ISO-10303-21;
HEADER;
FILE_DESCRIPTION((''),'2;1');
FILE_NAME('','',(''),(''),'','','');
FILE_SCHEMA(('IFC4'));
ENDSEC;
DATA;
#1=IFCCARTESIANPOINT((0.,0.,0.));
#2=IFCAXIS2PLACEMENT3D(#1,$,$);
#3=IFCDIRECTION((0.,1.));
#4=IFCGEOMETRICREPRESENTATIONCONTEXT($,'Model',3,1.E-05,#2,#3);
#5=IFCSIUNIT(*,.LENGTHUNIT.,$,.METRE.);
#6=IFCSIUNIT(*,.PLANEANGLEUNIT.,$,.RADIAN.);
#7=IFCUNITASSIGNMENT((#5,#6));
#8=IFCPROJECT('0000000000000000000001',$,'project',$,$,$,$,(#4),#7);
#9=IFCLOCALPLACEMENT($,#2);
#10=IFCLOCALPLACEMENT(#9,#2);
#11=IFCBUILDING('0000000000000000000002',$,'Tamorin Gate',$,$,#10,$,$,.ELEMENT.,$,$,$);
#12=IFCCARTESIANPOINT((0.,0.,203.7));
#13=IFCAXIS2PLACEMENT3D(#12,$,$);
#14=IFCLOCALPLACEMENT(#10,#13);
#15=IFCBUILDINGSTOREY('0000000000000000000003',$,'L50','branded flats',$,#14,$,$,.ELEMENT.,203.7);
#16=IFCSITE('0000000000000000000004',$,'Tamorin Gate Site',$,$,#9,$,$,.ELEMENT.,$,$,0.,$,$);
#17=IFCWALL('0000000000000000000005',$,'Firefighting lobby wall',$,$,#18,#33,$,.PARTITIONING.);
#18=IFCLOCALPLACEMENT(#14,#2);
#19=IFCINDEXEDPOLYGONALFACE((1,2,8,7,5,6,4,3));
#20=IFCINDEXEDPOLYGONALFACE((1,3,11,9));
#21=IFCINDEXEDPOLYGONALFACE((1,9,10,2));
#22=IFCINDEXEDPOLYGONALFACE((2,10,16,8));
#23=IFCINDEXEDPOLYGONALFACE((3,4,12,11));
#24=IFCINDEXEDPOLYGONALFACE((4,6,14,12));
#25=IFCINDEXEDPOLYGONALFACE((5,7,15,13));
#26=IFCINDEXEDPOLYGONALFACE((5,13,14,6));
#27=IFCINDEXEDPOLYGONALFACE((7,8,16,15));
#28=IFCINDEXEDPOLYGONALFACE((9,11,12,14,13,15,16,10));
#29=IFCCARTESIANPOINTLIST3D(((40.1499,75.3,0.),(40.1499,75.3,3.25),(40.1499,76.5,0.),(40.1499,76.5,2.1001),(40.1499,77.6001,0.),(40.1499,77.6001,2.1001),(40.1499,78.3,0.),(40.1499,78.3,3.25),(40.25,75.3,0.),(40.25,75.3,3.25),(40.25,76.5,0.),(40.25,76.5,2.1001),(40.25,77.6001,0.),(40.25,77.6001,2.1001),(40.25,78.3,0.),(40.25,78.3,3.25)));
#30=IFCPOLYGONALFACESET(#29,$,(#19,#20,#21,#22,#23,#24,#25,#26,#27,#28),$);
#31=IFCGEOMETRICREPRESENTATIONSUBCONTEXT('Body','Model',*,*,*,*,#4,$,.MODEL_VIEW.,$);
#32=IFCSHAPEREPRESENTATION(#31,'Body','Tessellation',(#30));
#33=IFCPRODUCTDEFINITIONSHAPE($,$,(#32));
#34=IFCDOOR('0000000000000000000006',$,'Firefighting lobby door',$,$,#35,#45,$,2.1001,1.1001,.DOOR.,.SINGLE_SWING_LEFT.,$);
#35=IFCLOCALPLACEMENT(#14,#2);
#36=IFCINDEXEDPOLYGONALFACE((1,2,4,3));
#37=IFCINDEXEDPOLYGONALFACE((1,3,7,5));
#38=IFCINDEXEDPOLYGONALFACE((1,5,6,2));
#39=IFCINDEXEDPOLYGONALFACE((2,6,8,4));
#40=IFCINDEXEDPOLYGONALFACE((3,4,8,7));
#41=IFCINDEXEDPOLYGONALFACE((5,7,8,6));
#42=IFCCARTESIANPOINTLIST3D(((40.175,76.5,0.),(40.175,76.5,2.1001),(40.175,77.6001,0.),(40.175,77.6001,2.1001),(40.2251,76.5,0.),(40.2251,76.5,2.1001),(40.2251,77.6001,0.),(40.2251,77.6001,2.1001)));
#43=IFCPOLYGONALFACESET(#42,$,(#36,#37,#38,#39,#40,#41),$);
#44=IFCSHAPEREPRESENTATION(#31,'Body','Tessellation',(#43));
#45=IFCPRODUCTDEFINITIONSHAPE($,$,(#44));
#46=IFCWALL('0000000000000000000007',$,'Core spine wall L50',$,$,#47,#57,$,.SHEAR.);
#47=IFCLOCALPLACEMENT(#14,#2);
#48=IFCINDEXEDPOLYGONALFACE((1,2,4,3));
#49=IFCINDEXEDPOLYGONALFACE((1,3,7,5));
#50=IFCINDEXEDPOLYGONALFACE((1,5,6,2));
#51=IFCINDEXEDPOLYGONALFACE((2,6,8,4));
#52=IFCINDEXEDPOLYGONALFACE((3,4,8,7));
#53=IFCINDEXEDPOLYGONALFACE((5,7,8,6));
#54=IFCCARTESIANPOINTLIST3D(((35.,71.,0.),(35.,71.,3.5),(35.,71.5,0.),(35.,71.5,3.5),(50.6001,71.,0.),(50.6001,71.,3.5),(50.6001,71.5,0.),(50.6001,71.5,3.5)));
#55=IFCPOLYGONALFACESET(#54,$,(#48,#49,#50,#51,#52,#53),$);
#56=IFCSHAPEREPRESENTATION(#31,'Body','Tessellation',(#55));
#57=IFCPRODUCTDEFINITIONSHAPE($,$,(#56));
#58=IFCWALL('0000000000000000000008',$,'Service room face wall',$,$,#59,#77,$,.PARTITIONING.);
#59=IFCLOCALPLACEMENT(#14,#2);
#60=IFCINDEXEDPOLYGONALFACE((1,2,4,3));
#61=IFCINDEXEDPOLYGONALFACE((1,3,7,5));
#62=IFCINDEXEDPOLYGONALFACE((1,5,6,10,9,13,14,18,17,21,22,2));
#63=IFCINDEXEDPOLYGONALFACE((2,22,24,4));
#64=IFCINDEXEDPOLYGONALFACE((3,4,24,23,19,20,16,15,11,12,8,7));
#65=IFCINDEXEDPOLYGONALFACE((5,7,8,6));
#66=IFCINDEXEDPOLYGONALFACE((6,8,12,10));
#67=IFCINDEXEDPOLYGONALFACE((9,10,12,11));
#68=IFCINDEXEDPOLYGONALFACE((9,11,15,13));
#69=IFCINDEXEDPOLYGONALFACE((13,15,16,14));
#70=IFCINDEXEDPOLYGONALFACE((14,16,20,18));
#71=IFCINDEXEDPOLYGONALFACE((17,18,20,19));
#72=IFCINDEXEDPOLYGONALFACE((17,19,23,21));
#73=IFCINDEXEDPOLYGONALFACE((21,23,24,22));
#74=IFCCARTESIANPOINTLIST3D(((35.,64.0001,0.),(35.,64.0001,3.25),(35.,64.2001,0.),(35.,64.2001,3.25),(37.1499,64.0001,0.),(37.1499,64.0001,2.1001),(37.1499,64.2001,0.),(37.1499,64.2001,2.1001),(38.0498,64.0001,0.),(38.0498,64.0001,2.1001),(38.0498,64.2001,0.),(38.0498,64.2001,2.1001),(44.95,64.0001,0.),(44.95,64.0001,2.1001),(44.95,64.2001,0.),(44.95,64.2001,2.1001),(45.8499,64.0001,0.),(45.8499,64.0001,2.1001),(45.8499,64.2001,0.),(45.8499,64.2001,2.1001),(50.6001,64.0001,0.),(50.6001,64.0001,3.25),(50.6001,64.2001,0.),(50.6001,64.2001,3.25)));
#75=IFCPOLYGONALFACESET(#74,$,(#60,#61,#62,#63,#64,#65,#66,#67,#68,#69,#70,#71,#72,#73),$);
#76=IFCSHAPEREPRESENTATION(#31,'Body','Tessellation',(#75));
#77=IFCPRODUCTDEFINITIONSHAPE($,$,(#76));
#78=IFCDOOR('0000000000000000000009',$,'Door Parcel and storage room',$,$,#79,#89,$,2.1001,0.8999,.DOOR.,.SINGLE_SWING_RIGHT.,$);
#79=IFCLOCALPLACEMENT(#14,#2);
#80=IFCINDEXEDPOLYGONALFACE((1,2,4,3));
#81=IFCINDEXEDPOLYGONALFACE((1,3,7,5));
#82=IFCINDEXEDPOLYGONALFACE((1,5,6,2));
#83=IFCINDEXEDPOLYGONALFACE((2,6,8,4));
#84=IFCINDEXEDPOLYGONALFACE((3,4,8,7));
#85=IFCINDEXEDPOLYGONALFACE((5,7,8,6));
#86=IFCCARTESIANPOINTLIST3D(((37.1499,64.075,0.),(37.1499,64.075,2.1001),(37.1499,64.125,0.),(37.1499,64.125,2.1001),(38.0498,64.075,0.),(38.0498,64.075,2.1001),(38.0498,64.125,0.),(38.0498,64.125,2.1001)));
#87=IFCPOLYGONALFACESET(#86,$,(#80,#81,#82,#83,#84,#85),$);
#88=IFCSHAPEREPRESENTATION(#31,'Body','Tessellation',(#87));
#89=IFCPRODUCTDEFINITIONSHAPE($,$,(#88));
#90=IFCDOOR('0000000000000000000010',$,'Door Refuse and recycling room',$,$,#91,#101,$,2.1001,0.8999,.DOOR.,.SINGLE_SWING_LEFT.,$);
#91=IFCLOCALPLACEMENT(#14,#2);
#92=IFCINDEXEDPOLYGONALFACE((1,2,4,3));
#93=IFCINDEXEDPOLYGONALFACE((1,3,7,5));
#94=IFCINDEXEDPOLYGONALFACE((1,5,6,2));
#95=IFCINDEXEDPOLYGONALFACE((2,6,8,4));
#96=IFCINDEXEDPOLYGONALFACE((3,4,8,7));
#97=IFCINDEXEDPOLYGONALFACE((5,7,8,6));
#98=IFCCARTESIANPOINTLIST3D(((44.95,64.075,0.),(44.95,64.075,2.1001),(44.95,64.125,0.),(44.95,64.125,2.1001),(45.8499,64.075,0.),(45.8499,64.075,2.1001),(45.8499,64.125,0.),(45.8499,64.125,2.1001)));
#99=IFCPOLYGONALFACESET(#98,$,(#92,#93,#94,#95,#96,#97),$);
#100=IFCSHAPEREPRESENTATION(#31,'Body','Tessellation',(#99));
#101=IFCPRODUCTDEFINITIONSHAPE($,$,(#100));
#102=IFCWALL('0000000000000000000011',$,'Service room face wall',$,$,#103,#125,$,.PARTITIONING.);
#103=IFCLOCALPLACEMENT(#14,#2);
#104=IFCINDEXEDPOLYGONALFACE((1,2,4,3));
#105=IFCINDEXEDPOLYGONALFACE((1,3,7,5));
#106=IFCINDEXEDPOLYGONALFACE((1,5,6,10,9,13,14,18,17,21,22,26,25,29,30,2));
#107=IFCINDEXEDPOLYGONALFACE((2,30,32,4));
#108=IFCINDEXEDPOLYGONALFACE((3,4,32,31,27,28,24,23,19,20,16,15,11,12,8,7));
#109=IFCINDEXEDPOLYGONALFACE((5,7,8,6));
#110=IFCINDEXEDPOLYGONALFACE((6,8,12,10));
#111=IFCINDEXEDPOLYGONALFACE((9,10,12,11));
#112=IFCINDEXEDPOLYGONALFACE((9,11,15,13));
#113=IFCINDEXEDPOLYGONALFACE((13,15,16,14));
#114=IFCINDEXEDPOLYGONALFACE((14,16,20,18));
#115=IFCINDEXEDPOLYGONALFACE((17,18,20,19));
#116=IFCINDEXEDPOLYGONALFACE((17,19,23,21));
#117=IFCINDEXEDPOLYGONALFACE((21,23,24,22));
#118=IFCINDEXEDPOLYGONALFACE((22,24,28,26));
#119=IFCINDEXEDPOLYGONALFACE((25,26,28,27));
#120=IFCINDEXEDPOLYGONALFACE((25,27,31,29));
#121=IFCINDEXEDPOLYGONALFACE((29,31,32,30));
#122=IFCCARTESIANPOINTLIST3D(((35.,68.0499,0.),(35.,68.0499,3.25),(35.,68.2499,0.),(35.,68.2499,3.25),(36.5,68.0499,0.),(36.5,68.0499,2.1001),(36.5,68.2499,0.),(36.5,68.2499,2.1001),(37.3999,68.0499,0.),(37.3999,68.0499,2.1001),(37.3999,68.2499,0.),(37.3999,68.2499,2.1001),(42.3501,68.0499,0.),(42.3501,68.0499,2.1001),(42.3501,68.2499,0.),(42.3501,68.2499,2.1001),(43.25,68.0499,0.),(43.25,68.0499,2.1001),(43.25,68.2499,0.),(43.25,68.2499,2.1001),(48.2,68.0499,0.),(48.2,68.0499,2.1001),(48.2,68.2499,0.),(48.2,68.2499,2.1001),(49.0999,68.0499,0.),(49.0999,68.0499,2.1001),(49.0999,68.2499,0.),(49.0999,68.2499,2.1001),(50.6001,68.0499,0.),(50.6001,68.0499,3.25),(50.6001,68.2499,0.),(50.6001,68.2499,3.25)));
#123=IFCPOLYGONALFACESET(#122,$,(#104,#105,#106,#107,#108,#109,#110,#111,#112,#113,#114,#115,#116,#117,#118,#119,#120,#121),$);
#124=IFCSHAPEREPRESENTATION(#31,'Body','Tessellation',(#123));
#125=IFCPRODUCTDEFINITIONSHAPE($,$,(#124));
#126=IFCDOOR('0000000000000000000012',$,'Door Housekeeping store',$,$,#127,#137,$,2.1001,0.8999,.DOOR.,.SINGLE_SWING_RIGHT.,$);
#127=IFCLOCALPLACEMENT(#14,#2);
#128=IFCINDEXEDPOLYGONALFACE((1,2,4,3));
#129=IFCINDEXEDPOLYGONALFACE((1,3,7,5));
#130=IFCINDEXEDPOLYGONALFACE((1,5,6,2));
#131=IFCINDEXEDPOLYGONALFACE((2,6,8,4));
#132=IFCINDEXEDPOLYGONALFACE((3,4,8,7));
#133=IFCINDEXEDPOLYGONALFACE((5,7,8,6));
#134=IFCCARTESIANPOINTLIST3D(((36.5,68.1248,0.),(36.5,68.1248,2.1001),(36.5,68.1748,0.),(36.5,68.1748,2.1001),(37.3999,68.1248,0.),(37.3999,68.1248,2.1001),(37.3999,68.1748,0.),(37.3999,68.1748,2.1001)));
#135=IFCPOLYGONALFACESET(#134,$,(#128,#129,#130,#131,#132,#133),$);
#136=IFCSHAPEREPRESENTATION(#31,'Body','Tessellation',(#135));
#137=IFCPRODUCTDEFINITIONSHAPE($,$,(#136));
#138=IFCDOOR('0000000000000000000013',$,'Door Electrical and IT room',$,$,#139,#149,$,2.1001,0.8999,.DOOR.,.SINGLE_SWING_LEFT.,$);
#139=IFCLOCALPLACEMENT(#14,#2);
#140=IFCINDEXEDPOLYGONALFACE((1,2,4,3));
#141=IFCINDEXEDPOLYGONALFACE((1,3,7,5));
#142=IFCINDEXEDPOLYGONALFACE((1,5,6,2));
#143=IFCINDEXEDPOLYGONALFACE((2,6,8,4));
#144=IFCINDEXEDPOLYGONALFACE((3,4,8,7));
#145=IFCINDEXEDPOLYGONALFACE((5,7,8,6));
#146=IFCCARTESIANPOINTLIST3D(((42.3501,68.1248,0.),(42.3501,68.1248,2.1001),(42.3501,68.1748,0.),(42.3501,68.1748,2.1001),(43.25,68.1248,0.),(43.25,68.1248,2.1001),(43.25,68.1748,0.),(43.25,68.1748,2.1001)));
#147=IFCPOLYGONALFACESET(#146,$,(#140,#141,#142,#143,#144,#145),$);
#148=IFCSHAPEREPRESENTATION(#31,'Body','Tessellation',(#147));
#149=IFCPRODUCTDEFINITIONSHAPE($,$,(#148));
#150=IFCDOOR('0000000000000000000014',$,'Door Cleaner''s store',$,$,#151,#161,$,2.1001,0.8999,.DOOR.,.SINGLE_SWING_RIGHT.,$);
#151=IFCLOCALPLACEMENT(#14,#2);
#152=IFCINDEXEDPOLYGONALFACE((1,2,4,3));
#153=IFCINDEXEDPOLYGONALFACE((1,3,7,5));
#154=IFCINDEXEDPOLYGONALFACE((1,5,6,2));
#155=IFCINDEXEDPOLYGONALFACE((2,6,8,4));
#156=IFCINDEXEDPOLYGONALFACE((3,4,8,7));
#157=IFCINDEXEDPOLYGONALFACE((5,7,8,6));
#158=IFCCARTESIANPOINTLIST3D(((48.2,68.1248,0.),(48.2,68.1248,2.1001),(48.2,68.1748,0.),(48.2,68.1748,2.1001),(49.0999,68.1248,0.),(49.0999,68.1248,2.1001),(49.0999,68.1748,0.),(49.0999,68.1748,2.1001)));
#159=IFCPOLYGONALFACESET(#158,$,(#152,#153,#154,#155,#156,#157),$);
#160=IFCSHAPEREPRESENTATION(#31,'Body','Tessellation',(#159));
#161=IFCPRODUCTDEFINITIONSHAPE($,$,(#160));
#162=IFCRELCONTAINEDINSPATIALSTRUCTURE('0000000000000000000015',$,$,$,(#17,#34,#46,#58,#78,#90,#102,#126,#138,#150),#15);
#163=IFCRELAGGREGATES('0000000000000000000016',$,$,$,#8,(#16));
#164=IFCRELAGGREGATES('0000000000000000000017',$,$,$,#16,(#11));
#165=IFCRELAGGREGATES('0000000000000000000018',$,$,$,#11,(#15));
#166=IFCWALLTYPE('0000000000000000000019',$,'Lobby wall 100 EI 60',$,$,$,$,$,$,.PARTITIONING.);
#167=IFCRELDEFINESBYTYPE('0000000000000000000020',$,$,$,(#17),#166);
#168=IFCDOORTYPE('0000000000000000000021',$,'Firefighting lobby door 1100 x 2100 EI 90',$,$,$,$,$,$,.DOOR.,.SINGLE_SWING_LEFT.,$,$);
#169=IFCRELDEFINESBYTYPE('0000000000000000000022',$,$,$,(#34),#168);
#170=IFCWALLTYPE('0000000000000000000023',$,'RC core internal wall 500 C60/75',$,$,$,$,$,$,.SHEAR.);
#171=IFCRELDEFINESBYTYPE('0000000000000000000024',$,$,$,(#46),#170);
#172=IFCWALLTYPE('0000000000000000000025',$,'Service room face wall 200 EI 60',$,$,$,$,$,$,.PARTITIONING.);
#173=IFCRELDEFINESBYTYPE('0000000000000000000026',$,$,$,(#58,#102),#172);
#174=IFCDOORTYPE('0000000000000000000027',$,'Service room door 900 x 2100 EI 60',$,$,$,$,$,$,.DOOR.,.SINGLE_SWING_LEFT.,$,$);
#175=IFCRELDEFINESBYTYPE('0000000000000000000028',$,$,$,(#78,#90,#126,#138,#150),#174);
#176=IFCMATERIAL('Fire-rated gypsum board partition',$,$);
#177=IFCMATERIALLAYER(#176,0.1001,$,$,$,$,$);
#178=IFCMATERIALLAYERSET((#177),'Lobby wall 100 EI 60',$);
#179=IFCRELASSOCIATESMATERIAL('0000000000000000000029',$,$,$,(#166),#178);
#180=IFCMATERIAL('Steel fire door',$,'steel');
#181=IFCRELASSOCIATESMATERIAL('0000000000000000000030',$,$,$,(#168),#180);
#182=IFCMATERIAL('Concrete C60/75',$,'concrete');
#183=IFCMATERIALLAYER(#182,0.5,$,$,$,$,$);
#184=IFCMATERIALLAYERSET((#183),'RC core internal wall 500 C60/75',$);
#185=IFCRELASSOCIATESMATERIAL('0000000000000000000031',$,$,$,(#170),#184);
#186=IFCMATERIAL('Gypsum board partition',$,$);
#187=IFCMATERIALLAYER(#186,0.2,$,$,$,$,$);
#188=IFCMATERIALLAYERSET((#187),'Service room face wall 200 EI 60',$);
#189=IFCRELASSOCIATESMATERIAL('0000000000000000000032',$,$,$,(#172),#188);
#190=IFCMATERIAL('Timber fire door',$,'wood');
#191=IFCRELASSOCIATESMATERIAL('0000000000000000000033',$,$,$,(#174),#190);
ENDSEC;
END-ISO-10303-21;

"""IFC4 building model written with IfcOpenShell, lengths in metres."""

from ifc_helpers import new_model, si_unit, direction, frame, frame_2d, origin, place, context, subcontext, project, spatial, rectangle, extrude, material, layer, layer_set, type_object, element, fill, save


model = new_model("IFC4")

# Units and contexts
model_context = context("Model", 3, precision=1e-05, world=origin(), true_north=direction((0.0, 1.0)))
body_context = subcontext(model_context, "Body", "Model", "MODEL_VIEW")
ifc_project = project(units=[si_unit("LENGTHUNIT", "METRE"), si_unit("PLANEANGLEUNIT", "RADIAN")], contexts=[model_context])

# Site, building, storey
site_placement = place(None, origin())
site = spatial("IfcSite", under=ifc_project, at=site_placement, Name="Tamorin Gate Site", CompositionType="ELEMENT", RefElevation=0.0)
building_placement = place(site_placement, origin())
building = spatial("IfcBuilding", under=site, at=building_placement, Name="Tamorin Gate", CompositionType="ELEMENT")
storey_placement = place(building_placement, frame((0.0, 0.0, 203.7)))
storey = spatial("IfcBuildingStorey", under=building, at=storey_placement, Name="L50", Description="branded flats", CompositionType="ELEMENT", Elevation=203.7)

# Shared definitions
ifc_material_1 = material(Name="Fire-rated gypsum board partition")
ifc_layer_1 = layer(ifc_material_1, 0.1001)
ifc_layer_set_1 = layer_set([ifc_layer_1], Name="Lobby wall 100 EI 60")
wall_type_1 = type_object("IfcWallType", Name="Lobby wall 100 EI 60", PredefinedType="PARTITIONING", material=ifc_layer_set_1)

# Wall, opening, door
wall_1_placement = place(storey_placement, frame((40.2, 75.3, 0.0), z_axis=(0.0, 0.0, 1.0), x_axis=(0.0, 1.0, 0.0)))
wall_1 = element("IfcWall", 1, at=wall_1_placement, inside=storey, type_object=wall_type_1, Name="Firefighting lobby wall", PredefinedType="PARTITIONING", context=body_context, shape_type="SweptSolid", body=[
    extrude(rectangle(XDim=3.0, YDim=0.1001, at=frame_2d((1.5, 0.0))), origin(), (0.0, 0.0, 1.0), 3.25),
])
opening_1_placement = place(wall_1_placement, frame((1.2, 0.0, 0.0)))
opening_1 = element("IfcOpeningElement", 2, at=opening_1_placement, cuts=wall_1, PredefinedType="OPENING", context=body_context, shape_type="SweptSolid", body=[
    extrude(rectangle(XDim=1.1001, YDim=2.1001, at=frame_2d((0.55, 1.05))), frame((0.0, 0.0601, 0.0), z_axis=(0.0, -1.0, 0.0), x_axis=(1.0, 0.0, 0.0)), (0.0, 0.0, 1.0), 0.1201),
])
ifc_material_2 = material(Name="Steel fire door", Category="steel")
door_type_1 = type_object("IfcDoorType", Name="Firefighting lobby door 1100 x 2100 EI 90", OperationType="SINGLE_SWING_LEFT", PredefinedType="DOOR", material=ifc_material_2)
door_1_placement = place(opening_1_placement, origin())
door_1 = element("IfcDoor", 3, at=door_1_placement, inside=storey, type_object=door_type_1, Name="Firefighting lobby door", OperationType="SINGLE_SWING_LEFT", OverallHeight=2.1001, OverallWidth=1.1001, PredefinedType="DOOR", context=body_context, shape_type="SweptSolid", body=[
    extrude(rectangle(XDim=1.1001, YDim=2.1001, at=frame_2d((0.55, 1.05))), frame((0.0, 0.0249, 0.0), z_axis=(0.0, -1.0, 0.0), x_axis=(1.0, 0.0, 0.0)), (0.0, 0.0, 1.0), 0.05),
])
fill(opening_1, door_1)

# Wall
ifc_material_3 = material(Name="Concrete C60/75", Category="concrete")
ifc_layer_2 = layer(ifc_material_3, 0.5)
ifc_layer_set_2 = layer_set([ifc_layer_2], Name="RC core internal wall 500 C60/75")
wall_type_2 = type_object("IfcWallType", Name="RC core internal wall 500 C60/75", PredefinedType="SHEAR", material=ifc_layer_set_2)
wall_2_placement = place(storey_placement, frame((35.0, 71.25, 0.0), z_axis=(0.0, 0.0, 1.0), x_axis=(1.0, 0.0, 0.0)))
element("IfcWall", 4, at=wall_2_placement, inside=storey, type_object=wall_type_2, Name="Core spine wall L50", PredefinedType="SHEAR", context=body_context, shape_type="SweptSolid", body=[
    extrude(rectangle(XDim=15.6001, YDim=0.5, at=frame_2d((7.8, 0.0))), origin(), (0.0, 0.0, 1.0), 3.5),
])

# Walls, openings, doors
ifc_material_4 = material(Name="Gypsum board partition")
ifc_layer_3 = layer(ifc_material_4, 0.2)
ifc_layer_set_3 = layer_set([ifc_layer_3], Name="Service room face wall 200 EI 60")
wall_type_3 = type_object("IfcWallType", Name="Service room face wall 200 EI 60", PredefinedType="PARTITIONING", material=ifc_layer_set_3)
wall_3_placement = place(storey_placement, frame((35.0, 64.1001, 0.0), z_axis=(0.0, 0.0, 1.0), x_axis=(1.0, 0.0, 0.0)))
wall_3 = element("IfcWall", 5, at=wall_3_placement, inside=storey, type_object=wall_type_3, Name="Service room face wall", PredefinedType="PARTITIONING", context=body_context, shape_type="SweptSolid", body=[
    extrude(rectangle(XDim=15.6001, YDim=0.2, at=frame_2d((7.8, 0.0))), origin(), (0.0, 0.0, 1.0), 3.25),
])
opening_2_placement = place(wall_3_placement, frame((2.1499, 0.0, 0.0)))
opening_2 = element("IfcOpeningElement", 6, at=opening_2_placement, cuts=wall_3, PredefinedType="OPENING", context=body_context, shape_type="SweptSolid", body=[
    extrude(rectangle(XDim=0.8999, YDim=2.1001, at=frame_2d((0.45, 1.05))), frame((0.0, 0.1099, 0.0), z_axis=(0.0, -1.0, 0.0), x_axis=(1.0, 0.0, 0.0)), (0.0, 0.0, 1.0), 0.22),
])
opening_3_placement = place(wall_3_placement, frame((9.95, 0.0, 0.0)))
opening_3 = element("IfcOpeningElement", 7, at=opening_3_placement, cuts=wall_3, PredefinedType="OPENING", context=body_context, shape_type="SweptSolid", body=[
    extrude(rectangle(XDim=0.8999, YDim=2.1001, at=frame_2d((0.45, 1.05))), frame((0.0, 0.1099, 0.0), z_axis=(0.0, -1.0, 0.0), x_axis=(1.0, 0.0, 0.0)), (0.0, 0.0, 1.0), 0.22),
])
ifc_material_5 = material(Name="Timber fire door", Category="wood")
door_type_2 = type_object("IfcDoorType", Name="Service room door 900 x 2100 EI 60", OperationType="SINGLE_SWING_LEFT", PredefinedType="DOOR", material=ifc_material_5)
door_2_placement = place(opening_2_placement, origin())
door_2 = element("IfcDoor", 8, at=door_2_placement, inside=storey, type_object=door_type_2, Name="Door Parcel and storage room", OperationType="SINGLE_SWING_RIGHT", OverallHeight=2.1001, OverallWidth=0.8999, PredefinedType="DOOR", context=body_context, shape_type="SweptSolid", body=[
    extrude(rectangle(XDim=0.8999, YDim=2.1001, at=frame_2d((0.45, 1.05))), frame((0.0, 0.0249, 0.0), z_axis=(0.0, -1.0, 0.0), x_axis=(1.0, 0.0, 0.0)), (0.0, 0.0, 1.0), 0.05),
])
fill(opening_2, door_2)
door_3_placement = place(opening_3_placement, origin())
door_3 = element("IfcDoor", 9, at=door_3_placement, inside=storey, type_object=door_type_2, Name="Door Refuse and recycling room", OperationType="SINGLE_SWING_LEFT", OverallHeight=2.1001, OverallWidth=0.8999, PredefinedType="DOOR", context=body_context, shape_type="SweptSolid", body=[
    extrude(rectangle(XDim=0.8999, YDim=2.1001, at=frame_2d((0.45, 1.05))), frame((0.0, 0.0249, 0.0), z_axis=(0.0, -1.0, 0.0), x_axis=(1.0, 0.0, 0.0)), (0.0, 0.0, 1.0), 0.05),
])
fill(opening_3, door_3)
wall_4_placement = place(storey_placement, frame((35.0, 68.1499, 0.0), z_axis=(0.0, 0.0, 1.0), x_axis=(1.0, 0.0, 0.0)))
wall_4 = element("IfcWall", 10, at=wall_4_placement, inside=storey, type_object=wall_type_3, Name="Service room face wall", PredefinedType="PARTITIONING", context=body_context, shape_type="SweptSolid", body=[
    extrude(rectangle(XDim=15.6001, YDim=0.2, at=frame_2d((7.8, 0.0))), origin(), (0.0, 0.0, 1.0), 3.25),
])
opening_4_placement = place(wall_4_placement, frame((1.5, 0.0, 0.0)))
opening_4 = element("IfcOpeningElement", 11, at=opening_4_placement, cuts=wall_4, PredefinedType="OPENING", context=body_context, shape_type="SweptSolid", body=[
    extrude(rectangle(XDim=0.8999, YDim=2.1001, at=frame_2d((0.45, 1.05))), frame((0.0, 0.1099, 0.0), z_axis=(0.0, -1.0, 0.0), x_axis=(1.0, 0.0, 0.0)), (0.0, 0.0, 1.0), 0.22),
])
opening_5_placement = place(wall_4_placement, frame((7.3501, 0.0, 0.0)))
opening_5 = element("IfcOpeningElement", 12, at=opening_5_placement, cuts=wall_4, PredefinedType="OPENING", context=body_context, shape_type="SweptSolid", body=[
    extrude(rectangle(XDim=0.8999, YDim=2.1001, at=frame_2d((0.45, 1.05))), frame((0.0, 0.1099, 0.0), z_axis=(0.0, -1.0, 0.0), x_axis=(1.0, 0.0, 0.0)), (0.0, 0.0, 1.0), 0.22),
])
opening_6_placement = place(wall_4_placement, frame((13.2, 0.0, 0.0)))
opening_6 = element("IfcOpeningElement", 13, at=opening_6_placement, cuts=wall_4, PredefinedType="OPENING", context=body_context, shape_type="SweptSolid", body=[
    extrude(rectangle(XDim=0.8999, YDim=2.1001, at=frame_2d((0.45, 1.05))), frame((0.0, 0.1099, 0.0), z_axis=(0.0, -1.0, 0.0), x_axis=(1.0, 0.0, 0.0)), (0.0, 0.0, 1.0), 0.22),
])
door_4_placement = place(opening_4_placement, origin())
door_4 = element("IfcDoor", 14, at=door_4_placement, inside=storey, type_object=door_type_2, Name="Door Housekeeping store", OperationType="SINGLE_SWING_RIGHT", OverallHeight=2.1001, OverallWidth=0.8999, PredefinedType="DOOR", context=body_context, shape_type="SweptSolid", body=[
    extrude(rectangle(XDim=0.8999, YDim=2.1001, at=frame_2d((0.45, 1.05))), frame((0.0, 0.0249, 0.0), z_axis=(0.0, -1.0, 0.0), x_axis=(1.0, 0.0, 0.0)), (0.0, 0.0, 1.0), 0.05),
])
fill(opening_4, door_4)
door_5_placement = place(opening_5_placement, origin())
door_5 = element("IfcDoor", 15, at=door_5_placement, inside=storey, type_object=door_type_2, Name="Door Electrical and IT room", OperationType="SINGLE_SWING_LEFT", OverallHeight=2.1001, OverallWidth=0.8999, PredefinedType="DOOR", context=body_context, shape_type="SweptSolid", body=[
    extrude(rectangle(XDim=0.8999, YDim=2.1001, at=frame_2d((0.45, 1.05))), frame((0.0, 0.0249, 0.0), z_axis=(0.0, -1.0, 0.0), x_axis=(1.0, 0.0, 0.0)), (0.0, 0.0, 1.0), 0.05),
])
fill(opening_5, door_5)
door_6_placement = place(opening_6_placement, origin())
door_6 = element("IfcDoor", 16, at=door_6_placement, inside=storey, type_object=door_type_2, Name="Door Cleaner's store", OperationType="SINGLE_SWING_RIGHT", OverallHeight=2.1001, OverallWidth=0.8999, PredefinedType="DOOR", context=body_context, shape_type="SweptSolid", body=[
    extrude(rectangle(XDim=0.8999, YDim=2.1001, at=frame_2d((0.45, 1.05))), frame((0.0, 0.0249, 0.0), z_axis=(0.0, -1.0, 0.0), x_axis=(1.0, 0.0, 0.0)), (0.0, 0.0, 1.0), 0.05),
])
fill(opening_6, door_6)

save(model, "model.ifc")
